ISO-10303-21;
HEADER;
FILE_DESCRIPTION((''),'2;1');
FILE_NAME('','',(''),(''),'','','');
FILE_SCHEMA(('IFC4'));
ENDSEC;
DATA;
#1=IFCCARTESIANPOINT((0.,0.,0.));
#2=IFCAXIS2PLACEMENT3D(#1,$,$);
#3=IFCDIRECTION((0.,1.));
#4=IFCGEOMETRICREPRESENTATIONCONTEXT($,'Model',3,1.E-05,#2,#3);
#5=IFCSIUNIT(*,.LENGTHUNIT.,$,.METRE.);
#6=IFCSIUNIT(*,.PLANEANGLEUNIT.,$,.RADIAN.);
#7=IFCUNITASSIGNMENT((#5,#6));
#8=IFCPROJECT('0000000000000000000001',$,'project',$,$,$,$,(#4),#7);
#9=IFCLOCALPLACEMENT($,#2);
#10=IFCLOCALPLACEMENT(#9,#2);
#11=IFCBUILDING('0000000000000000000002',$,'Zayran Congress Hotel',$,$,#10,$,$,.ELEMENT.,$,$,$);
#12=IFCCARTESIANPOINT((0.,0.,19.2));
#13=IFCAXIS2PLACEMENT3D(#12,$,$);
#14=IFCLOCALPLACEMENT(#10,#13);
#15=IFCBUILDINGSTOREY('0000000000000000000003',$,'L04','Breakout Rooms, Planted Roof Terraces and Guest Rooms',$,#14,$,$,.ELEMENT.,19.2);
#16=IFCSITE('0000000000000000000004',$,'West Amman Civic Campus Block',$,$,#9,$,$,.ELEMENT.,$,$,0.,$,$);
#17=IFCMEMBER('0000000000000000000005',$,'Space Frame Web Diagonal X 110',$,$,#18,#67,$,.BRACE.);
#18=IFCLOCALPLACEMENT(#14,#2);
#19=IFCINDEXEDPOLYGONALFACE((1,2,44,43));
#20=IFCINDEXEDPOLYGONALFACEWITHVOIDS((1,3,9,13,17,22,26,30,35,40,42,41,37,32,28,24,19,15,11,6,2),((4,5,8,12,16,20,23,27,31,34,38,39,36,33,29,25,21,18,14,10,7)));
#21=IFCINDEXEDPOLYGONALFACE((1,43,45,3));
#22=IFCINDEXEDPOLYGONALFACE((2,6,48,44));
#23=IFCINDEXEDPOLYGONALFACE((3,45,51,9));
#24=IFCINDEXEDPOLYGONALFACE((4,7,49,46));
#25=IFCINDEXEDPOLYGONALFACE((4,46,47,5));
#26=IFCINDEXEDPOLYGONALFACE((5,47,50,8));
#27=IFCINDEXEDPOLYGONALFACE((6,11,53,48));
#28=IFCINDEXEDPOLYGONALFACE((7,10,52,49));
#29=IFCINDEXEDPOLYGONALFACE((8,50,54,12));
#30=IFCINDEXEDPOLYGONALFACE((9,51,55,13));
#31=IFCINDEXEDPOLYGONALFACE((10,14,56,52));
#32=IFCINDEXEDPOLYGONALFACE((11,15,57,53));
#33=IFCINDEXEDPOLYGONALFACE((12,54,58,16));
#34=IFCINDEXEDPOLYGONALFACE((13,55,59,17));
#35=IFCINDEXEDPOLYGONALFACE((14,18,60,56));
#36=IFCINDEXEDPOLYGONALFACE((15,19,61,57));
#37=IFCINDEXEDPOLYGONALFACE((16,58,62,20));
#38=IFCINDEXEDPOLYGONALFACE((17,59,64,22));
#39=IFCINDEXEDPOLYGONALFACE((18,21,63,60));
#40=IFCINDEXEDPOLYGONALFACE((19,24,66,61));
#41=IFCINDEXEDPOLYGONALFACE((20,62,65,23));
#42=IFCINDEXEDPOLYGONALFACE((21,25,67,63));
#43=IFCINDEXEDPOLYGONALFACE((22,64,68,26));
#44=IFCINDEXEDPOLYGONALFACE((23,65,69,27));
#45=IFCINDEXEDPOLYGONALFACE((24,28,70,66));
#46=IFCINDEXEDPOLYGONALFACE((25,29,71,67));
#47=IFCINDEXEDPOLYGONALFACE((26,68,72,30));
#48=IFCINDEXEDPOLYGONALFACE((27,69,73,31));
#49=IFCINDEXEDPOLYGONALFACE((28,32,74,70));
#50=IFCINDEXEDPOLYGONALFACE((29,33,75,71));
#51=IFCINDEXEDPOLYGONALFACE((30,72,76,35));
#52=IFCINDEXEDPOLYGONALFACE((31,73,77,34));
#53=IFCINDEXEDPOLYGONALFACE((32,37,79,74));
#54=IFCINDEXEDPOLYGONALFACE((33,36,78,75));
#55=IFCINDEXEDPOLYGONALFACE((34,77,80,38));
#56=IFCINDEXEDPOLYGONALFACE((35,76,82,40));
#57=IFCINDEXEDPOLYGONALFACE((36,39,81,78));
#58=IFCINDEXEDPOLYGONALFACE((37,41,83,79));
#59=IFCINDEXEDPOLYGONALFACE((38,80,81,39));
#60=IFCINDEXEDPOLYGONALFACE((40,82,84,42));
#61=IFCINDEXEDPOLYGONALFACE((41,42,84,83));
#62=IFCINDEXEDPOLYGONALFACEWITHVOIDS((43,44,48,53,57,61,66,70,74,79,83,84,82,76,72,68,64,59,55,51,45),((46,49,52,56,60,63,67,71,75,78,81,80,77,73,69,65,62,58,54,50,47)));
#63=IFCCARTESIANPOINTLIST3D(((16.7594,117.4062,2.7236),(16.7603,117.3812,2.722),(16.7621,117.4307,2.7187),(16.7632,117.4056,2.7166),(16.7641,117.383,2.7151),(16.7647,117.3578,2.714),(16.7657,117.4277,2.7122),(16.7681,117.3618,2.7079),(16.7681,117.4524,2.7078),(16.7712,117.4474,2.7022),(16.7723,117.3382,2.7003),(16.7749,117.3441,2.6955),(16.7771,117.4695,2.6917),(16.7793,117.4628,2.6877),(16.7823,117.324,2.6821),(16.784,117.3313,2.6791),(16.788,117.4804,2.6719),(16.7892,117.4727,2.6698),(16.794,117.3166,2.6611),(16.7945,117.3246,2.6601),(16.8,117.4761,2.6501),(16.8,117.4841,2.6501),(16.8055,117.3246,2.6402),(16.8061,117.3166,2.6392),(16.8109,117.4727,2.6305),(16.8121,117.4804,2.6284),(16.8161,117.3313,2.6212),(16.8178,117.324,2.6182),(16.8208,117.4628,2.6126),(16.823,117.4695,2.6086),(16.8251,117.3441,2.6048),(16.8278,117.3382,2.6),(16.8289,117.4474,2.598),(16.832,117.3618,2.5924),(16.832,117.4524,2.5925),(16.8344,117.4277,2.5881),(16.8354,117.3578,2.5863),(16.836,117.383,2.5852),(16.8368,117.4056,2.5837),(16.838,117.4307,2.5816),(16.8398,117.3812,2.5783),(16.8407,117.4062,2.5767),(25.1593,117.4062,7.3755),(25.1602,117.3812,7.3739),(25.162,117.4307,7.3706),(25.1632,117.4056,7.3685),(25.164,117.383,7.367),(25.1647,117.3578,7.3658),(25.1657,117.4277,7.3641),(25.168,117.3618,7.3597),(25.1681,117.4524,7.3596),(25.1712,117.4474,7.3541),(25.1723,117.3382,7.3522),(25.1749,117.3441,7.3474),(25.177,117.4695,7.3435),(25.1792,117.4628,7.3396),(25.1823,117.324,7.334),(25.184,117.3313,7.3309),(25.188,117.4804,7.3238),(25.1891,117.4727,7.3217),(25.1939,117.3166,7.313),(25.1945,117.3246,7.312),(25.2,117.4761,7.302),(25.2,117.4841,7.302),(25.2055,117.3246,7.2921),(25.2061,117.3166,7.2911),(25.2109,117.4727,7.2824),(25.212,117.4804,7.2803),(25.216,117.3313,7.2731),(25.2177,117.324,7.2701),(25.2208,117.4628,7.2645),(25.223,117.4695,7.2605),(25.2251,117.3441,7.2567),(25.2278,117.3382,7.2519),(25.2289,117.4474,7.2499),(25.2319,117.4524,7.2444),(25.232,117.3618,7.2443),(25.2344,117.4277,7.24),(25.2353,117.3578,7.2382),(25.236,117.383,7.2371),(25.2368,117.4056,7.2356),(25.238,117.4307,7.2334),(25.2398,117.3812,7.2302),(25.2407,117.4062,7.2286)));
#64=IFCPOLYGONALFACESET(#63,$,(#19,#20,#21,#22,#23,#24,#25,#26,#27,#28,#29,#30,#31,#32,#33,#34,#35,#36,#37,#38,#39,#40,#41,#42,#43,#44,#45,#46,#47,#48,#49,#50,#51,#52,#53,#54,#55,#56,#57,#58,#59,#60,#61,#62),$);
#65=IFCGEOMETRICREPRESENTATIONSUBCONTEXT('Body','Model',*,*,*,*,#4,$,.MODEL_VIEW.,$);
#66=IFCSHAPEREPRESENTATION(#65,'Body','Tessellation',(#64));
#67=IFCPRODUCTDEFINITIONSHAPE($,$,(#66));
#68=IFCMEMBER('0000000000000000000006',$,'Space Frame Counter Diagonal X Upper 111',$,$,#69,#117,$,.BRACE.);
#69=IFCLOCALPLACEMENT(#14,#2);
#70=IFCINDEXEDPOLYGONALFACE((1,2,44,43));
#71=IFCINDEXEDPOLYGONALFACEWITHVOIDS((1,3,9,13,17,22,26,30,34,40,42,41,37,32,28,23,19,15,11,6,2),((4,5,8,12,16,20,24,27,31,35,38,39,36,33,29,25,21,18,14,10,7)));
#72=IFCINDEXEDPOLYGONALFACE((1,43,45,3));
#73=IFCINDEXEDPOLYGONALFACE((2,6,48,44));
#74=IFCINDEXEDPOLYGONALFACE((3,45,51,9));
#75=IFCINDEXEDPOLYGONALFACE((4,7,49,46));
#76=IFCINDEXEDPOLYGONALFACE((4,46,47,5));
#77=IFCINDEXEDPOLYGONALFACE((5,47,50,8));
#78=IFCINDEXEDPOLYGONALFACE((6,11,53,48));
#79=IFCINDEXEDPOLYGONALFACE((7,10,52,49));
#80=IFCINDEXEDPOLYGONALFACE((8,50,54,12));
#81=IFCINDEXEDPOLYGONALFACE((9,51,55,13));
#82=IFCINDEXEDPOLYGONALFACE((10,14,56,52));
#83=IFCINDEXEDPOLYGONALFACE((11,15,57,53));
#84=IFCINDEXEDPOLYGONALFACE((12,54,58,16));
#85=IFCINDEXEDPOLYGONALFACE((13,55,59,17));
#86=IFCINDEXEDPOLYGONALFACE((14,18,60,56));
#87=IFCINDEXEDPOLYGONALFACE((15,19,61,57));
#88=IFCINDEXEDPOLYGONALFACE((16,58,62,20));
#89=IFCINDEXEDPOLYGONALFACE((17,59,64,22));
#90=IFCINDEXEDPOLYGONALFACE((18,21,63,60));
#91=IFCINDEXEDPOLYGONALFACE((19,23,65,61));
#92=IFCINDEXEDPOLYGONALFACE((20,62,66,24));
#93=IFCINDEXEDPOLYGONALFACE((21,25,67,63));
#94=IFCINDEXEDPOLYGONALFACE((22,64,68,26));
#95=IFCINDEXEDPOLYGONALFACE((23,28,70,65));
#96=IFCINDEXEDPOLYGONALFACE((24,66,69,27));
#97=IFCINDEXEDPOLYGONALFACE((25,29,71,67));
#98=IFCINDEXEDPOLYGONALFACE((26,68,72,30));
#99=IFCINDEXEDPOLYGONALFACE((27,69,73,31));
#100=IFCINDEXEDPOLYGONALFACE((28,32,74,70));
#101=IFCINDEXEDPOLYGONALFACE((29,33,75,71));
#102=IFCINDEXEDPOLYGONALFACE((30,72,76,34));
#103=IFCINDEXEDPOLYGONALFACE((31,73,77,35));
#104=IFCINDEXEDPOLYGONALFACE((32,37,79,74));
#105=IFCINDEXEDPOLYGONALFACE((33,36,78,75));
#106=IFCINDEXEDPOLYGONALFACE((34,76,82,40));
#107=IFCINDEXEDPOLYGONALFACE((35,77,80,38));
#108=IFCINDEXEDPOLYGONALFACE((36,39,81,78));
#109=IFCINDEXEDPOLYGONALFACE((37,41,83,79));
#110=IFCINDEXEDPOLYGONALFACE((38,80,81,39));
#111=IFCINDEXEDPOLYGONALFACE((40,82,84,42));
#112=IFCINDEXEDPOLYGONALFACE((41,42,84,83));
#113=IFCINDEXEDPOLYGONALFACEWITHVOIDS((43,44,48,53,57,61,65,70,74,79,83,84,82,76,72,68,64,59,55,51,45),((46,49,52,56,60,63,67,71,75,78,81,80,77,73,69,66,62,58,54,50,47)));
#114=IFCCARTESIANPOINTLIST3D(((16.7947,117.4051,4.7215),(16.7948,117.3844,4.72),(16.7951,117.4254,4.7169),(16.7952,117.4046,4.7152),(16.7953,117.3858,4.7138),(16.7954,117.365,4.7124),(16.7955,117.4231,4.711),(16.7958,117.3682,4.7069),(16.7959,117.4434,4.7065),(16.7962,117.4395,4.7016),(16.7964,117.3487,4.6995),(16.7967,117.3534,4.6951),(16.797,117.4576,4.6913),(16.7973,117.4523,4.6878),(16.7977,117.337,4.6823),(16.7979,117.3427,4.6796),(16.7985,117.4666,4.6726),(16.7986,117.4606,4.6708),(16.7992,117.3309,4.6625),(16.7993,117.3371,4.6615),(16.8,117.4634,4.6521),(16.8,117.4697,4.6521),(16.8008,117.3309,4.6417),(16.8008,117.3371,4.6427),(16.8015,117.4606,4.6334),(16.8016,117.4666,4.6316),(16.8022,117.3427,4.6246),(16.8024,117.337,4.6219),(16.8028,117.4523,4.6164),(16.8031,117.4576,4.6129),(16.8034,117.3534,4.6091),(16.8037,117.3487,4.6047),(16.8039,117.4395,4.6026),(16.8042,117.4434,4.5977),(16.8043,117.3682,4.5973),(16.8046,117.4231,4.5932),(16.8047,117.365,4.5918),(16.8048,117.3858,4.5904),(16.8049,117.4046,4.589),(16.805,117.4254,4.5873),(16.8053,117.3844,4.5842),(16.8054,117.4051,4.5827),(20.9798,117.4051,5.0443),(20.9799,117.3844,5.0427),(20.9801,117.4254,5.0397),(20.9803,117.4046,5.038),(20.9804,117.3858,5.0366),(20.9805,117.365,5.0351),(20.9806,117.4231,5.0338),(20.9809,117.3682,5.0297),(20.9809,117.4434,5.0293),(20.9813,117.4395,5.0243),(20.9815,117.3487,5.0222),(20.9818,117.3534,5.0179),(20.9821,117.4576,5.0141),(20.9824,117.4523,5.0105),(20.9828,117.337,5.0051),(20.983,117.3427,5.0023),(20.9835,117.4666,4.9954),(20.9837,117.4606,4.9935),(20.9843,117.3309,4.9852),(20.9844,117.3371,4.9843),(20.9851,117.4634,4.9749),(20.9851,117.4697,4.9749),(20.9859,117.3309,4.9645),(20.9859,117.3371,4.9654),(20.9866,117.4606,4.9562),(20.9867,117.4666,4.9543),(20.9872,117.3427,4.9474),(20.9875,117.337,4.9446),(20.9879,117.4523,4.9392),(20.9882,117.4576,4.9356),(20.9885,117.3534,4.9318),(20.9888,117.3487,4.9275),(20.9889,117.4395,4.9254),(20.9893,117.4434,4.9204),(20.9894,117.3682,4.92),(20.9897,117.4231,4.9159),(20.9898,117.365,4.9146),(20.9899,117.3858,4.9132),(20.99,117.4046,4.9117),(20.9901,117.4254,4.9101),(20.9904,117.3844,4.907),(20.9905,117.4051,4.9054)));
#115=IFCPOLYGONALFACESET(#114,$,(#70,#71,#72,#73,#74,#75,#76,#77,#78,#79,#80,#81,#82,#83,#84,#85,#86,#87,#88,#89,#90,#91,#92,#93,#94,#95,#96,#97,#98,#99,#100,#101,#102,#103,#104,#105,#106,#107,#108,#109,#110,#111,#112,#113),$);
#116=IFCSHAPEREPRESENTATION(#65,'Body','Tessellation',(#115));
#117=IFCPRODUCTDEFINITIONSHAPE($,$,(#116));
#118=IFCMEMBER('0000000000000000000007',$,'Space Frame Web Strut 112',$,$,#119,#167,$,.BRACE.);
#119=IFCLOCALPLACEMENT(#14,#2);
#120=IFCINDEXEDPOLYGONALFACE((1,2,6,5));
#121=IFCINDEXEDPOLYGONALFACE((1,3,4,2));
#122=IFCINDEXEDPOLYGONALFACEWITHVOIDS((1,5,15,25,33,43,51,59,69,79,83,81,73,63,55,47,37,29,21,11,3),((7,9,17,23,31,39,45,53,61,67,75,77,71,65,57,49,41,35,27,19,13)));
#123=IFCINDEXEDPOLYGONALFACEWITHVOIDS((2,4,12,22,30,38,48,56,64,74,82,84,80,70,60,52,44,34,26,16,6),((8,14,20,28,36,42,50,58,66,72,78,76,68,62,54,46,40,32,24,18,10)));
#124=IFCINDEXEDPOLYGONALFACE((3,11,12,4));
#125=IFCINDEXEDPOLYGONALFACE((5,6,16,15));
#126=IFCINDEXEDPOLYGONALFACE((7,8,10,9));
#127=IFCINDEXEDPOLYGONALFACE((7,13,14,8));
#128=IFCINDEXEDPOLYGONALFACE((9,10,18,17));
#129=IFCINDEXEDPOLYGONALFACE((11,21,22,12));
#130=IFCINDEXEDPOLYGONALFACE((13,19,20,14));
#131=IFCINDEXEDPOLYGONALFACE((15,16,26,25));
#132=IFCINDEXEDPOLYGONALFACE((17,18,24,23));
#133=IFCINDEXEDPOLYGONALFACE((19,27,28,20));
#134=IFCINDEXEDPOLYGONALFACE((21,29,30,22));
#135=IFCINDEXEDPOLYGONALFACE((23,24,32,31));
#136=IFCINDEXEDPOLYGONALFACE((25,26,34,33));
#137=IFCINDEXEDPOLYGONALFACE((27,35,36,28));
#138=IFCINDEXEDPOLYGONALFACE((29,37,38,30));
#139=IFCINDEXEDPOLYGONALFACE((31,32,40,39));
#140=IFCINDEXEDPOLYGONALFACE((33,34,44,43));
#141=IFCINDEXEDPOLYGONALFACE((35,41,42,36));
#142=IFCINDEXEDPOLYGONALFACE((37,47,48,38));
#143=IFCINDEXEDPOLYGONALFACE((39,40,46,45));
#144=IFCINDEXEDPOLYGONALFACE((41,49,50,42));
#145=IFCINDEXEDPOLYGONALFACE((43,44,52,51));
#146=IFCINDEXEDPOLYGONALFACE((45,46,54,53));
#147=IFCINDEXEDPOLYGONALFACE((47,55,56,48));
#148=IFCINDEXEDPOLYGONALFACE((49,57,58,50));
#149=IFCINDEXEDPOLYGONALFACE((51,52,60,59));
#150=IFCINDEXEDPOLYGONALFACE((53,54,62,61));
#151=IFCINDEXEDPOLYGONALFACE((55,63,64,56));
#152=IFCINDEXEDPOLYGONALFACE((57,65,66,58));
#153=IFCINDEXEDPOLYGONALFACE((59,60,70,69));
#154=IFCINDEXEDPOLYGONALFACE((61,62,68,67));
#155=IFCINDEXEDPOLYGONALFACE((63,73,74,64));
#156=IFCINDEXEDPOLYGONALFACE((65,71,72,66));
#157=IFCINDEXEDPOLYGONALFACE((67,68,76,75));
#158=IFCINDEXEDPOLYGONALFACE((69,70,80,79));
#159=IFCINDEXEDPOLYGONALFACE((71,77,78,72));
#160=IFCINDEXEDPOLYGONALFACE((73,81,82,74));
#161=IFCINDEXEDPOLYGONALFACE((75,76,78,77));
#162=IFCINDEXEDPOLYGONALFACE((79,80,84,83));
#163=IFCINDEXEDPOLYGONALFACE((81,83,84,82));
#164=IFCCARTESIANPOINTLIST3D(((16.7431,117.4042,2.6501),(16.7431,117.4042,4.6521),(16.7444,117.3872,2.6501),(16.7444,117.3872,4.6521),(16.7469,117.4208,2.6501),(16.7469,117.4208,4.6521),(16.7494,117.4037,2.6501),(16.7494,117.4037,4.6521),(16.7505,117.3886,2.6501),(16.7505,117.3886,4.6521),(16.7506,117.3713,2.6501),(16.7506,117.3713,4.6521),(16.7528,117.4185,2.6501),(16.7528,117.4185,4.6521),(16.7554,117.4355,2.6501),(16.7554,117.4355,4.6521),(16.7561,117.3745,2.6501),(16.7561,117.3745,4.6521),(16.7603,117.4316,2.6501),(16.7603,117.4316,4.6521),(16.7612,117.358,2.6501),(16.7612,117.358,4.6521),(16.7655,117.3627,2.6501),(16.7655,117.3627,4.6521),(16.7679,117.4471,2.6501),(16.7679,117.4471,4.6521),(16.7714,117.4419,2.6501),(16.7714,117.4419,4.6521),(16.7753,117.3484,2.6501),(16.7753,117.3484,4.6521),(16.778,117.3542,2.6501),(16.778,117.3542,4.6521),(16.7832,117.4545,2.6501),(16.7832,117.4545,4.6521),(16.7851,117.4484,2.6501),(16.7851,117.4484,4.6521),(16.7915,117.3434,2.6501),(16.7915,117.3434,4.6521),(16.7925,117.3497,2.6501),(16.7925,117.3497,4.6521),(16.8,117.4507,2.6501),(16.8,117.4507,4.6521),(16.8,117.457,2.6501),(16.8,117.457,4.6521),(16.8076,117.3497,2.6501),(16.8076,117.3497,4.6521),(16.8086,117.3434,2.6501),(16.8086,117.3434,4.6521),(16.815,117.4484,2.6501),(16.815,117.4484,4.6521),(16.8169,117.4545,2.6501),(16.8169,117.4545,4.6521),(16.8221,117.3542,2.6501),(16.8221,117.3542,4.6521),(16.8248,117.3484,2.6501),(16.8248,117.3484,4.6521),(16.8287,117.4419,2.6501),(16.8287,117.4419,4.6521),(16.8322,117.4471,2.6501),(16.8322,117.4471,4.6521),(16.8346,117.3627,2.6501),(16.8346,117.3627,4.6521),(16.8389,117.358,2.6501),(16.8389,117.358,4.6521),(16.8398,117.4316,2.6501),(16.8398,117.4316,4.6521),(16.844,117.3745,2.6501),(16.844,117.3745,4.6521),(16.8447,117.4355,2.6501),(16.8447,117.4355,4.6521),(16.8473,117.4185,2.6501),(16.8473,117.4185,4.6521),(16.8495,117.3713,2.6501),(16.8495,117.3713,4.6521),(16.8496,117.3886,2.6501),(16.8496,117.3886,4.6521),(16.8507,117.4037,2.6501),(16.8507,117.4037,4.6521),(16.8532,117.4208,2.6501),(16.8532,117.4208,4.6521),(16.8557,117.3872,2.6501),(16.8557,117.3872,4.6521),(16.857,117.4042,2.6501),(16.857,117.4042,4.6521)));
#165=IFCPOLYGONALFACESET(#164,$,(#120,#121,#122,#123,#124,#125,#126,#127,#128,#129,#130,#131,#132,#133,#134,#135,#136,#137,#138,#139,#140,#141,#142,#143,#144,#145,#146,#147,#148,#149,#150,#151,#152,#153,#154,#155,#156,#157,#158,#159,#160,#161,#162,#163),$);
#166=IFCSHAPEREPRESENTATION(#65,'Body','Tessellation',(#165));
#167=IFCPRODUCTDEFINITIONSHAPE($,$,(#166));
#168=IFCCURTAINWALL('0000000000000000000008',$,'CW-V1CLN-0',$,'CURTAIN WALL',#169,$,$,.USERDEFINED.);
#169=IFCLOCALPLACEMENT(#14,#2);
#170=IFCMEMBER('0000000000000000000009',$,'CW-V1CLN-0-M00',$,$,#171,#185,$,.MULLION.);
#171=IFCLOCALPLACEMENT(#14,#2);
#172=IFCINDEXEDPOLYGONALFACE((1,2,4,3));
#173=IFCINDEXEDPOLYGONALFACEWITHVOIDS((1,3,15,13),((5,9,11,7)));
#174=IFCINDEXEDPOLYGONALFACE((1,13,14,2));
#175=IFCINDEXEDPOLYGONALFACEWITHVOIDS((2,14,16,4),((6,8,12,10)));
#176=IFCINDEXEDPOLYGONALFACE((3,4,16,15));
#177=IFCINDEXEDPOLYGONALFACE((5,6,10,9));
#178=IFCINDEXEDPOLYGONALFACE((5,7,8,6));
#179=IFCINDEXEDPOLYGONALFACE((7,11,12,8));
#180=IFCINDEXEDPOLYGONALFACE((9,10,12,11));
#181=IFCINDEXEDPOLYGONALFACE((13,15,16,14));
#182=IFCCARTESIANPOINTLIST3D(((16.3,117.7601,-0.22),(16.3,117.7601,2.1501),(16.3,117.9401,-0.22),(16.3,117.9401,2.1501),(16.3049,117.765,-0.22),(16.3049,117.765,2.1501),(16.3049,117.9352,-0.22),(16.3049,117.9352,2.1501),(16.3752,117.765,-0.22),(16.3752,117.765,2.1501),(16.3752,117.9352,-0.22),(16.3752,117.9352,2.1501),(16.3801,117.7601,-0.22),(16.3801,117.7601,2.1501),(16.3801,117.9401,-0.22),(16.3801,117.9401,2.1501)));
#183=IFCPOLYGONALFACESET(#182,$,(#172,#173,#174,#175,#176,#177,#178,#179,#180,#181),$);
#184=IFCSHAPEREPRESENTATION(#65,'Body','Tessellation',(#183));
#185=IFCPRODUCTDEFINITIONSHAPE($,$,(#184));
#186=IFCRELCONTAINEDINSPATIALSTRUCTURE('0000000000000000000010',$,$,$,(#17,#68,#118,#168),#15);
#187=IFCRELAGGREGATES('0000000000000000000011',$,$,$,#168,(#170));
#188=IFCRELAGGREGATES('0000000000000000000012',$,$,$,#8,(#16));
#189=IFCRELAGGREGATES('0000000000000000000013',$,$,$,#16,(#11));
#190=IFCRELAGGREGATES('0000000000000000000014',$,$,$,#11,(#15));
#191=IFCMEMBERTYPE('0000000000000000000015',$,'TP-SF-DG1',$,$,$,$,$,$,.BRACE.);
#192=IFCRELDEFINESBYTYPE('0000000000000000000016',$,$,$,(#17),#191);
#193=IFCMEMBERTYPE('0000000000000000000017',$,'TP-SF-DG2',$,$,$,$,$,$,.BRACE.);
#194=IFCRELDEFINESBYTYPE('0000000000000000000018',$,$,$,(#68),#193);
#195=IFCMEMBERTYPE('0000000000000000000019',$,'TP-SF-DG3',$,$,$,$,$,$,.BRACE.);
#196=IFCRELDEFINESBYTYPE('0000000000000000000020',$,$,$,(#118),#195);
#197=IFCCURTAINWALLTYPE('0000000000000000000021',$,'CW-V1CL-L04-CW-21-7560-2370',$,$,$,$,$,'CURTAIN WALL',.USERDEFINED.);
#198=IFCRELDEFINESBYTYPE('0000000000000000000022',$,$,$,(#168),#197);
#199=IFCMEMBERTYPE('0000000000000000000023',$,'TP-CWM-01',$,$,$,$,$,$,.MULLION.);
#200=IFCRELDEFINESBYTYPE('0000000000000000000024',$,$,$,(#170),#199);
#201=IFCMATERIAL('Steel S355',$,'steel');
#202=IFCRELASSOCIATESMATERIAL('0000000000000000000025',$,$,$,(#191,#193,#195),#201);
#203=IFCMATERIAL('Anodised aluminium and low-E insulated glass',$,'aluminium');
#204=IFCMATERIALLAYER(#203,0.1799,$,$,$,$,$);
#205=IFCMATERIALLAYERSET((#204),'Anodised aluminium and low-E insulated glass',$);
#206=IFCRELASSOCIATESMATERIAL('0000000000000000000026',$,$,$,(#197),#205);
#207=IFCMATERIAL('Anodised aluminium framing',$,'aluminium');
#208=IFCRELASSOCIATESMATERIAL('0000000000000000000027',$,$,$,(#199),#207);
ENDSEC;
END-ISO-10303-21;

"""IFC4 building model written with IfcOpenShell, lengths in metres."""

from ifc_helpers import new_model, si_unit, direction, frame, origin, origin_2d, place, context, subcontext, project, spatial, hollow_rectangle, hollow_circle, extrude, material, layer, layer_set, material_profile, profile_set, type_object, element, aggregate, save


model = new_model("IFC4")

# Units and contexts
model_context = context("Model", 3, precision=1e-05, world=origin(), true_north=direction((0.0, 1.0)))
body_context = subcontext(model_context, "Body", "Model", "MODEL_VIEW")
ifc_project = project(units=[si_unit("LENGTHUNIT", "METRE"), si_unit("PLANEANGLEUNIT", "RADIAN")], contexts=[model_context])

# Site, building, storey
site_placement = place(None, origin())
site = spatial("IfcSite", under=ifc_project, at=site_placement, Name="West Amman Civic Campus Block", CompositionType="ELEMENT", RefElevation=0.0)
building_placement = place(site_placement, origin())
building = spatial("IfcBuilding", under=site, at=building_placement, Name="Zayran Congress Hotel", CompositionType="ELEMENT")
storey_placement = place(building_placement, frame((0.0, 0.0, 19.2)))
storey = spatial("IfcBuildingStorey", under=building, at=storey_placement, Name="L04", Description="Breakout Rooms, Planted Roof Terraces and Guest Rooms", CompositionType="ELEMENT", Elevation=19.2)

# Members
ifc_material_1 = material(Name="Steel S355", Category="steel")
ifc_material_profile_1 = material_profile(ifc_material_1, hollow_circle(Radius=0.0842, WallThickness=0.0081, at=origin_2d()), Name="CHS 168.3x8")
ifc_profile_set_1 = profile_set([ifc_material_profile_1], Name="Steel S355")
member_type_1 = type_object("IfcMemberType", Name="TP-SF-DG1", PredefinedType="BRACE", material=ifc_profile_set_1)
member_1_placement = place(storey_placement, frame((16.8, 117.3999, 2.6501), z_axis=(0.874809, 0.0, 0.484468), x_axis=(0.0, 1.0, 0.0)))
element("IfcMember", 1, at=member_1_placement, inside=storey, type_object=member_type_1, Name="Space Frame Web Diagonal X 110", PredefinedType="BRACE", context=body_context, shape_type="SweptSolid", body=[
    extrude(hollow_circle(Radius=0.0842, WallThickness=0.0081, at=origin_2d()), origin(), (0.0, 0.0, 1.0), 9.6021),
])
ifc_material_profile_2 = material_profile(ifc_material_1, hollow_circle(Radius=0.0698, WallThickness=0.0063, at=origin_2d()), Name="CHS 139.7x6.3")
ifc_profile_set_2 = profile_set([ifc_material_profile_2], Name="Steel S355")
member_type_2 = type_object("IfcMemberType", Name="TP-SF-DG2", PredefinedType="BRACE", material=ifc_profile_set_2)
member_2_placement = place(storey_placement, frame((16.8, 117.3999, 4.6521), z_axis=(0.997039, 0.0, 0.076892), x_axis=(0.0, 1.0, 0.0)))
element("IfcMember", 2, at=member_2_placement, inside=storey, type_object=member_type_2, Name="Space Frame Counter Diagonal X Upper 111", PredefinedType="BRACE", context=body_context, shape_type="SweptSolid", body=[
    extrude(hollow_circle(Radius=0.0698, WallThickness=0.0063, at=origin_2d()), origin(), (0.0, 0.0, 1.0), 4.1975),
])
ifc_material_profile_3 = material_profile(ifc_material_1, hollow_circle(Radius=0.0571, WallThickness=0.0063, at=origin_2d()), Name="CHS 114.3x6.3")
ifc_profile_set_3 = profile_set([ifc_material_profile_3], Name="Steel S355")
member_type_3 = type_object("IfcMemberType", Name="TP-SF-DG3", PredefinedType="BRACE", material=ifc_profile_set_3)
member_3_placement = place(storey_placement, frame((16.8, 117.3999, 2.6501), z_axis=(0.0, 0.0, 1.0), x_axis=(0.0, 1.0, 0.0)))
element("IfcMember", 3, at=member_3_placement, inside=storey, type_object=member_type_3, Name="Space Frame Web Strut 112", PredefinedType="BRACE", context=body_context, shape_type="SweptSolid", body=[
    extrude(hollow_circle(Radius=0.0571, WallThickness=0.0063, at=origin_2d()), origin(), (0.0, 0.0, 1.0), 2.002),
])

# Curtain wall, member
ifc_material_2 = material(Name="Anodised aluminium and low-E insulated glass", Category="aluminium")
ifc_layer_1 = layer(ifc_material_2, 0.1799)
ifc_layer_set_1 = layer_set([ifc_layer_1], Name="Anodised aluminium and low-E insulated glass")
curtain_wall_type_1 = type_object("IfcCurtainWallType", Name="CW-V1CL-L04-CW-21-7560-2370", ElementType="CURTAIN WALL", PredefinedType="USERDEFINED", material=ifc_layer_set_1)
curtain_wall_1_placement = place(storey_placement, origin())
curtain_wall_1 = element("IfcCurtainWall", 4, at=curtain_wall_1_placement, inside=storey, type_object=curtain_wall_type_1, Name="CW-V1CLN-0", ObjectType="CURTAIN WALL", PredefinedType="USERDEFINED")
ifc_material_3 = material(Name="Anodised aluminium framing", Category="aluminium")
ifc_material_profile_4 = material_profile(ifc_material_3, hollow_rectangle(XDim=0.0801, YDim=0.1799, WallThickness=0.0049, at=origin_2d()), Name="RHS 180x80x5")
ifc_profile_set_4 = profile_set([ifc_material_profile_4], Name="Anodised aluminium framing")
member_type_4 = type_object("IfcMemberType", Name="TP-CWM-01", PredefinedType="MULLION", material=ifc_profile_set_4)
member_4_placement = place(storey_placement, frame((16.3401, 117.8501, -0.22), z_axis=(0.0, 0.0, 1.0), x_axis=(1.0, 0.0, 0.0)))
member_4 = element("IfcMember", 5, at=member_4_placement, type_object=member_type_4, Name="CW-V1CLN-0-M00", PredefinedType="MULLION", context=body_context, shape_type="SweptSolid", body=[
    extrude(hollow_rectangle(XDim=0.0801, YDim=0.1799, WallThickness=0.0049, at=origin_2d()), origin(), (0.0, 0.0, 1.0), 2.3701),
])

aggregate(curtain_wall_1, [member_4])

save(model, "model.ifc")
